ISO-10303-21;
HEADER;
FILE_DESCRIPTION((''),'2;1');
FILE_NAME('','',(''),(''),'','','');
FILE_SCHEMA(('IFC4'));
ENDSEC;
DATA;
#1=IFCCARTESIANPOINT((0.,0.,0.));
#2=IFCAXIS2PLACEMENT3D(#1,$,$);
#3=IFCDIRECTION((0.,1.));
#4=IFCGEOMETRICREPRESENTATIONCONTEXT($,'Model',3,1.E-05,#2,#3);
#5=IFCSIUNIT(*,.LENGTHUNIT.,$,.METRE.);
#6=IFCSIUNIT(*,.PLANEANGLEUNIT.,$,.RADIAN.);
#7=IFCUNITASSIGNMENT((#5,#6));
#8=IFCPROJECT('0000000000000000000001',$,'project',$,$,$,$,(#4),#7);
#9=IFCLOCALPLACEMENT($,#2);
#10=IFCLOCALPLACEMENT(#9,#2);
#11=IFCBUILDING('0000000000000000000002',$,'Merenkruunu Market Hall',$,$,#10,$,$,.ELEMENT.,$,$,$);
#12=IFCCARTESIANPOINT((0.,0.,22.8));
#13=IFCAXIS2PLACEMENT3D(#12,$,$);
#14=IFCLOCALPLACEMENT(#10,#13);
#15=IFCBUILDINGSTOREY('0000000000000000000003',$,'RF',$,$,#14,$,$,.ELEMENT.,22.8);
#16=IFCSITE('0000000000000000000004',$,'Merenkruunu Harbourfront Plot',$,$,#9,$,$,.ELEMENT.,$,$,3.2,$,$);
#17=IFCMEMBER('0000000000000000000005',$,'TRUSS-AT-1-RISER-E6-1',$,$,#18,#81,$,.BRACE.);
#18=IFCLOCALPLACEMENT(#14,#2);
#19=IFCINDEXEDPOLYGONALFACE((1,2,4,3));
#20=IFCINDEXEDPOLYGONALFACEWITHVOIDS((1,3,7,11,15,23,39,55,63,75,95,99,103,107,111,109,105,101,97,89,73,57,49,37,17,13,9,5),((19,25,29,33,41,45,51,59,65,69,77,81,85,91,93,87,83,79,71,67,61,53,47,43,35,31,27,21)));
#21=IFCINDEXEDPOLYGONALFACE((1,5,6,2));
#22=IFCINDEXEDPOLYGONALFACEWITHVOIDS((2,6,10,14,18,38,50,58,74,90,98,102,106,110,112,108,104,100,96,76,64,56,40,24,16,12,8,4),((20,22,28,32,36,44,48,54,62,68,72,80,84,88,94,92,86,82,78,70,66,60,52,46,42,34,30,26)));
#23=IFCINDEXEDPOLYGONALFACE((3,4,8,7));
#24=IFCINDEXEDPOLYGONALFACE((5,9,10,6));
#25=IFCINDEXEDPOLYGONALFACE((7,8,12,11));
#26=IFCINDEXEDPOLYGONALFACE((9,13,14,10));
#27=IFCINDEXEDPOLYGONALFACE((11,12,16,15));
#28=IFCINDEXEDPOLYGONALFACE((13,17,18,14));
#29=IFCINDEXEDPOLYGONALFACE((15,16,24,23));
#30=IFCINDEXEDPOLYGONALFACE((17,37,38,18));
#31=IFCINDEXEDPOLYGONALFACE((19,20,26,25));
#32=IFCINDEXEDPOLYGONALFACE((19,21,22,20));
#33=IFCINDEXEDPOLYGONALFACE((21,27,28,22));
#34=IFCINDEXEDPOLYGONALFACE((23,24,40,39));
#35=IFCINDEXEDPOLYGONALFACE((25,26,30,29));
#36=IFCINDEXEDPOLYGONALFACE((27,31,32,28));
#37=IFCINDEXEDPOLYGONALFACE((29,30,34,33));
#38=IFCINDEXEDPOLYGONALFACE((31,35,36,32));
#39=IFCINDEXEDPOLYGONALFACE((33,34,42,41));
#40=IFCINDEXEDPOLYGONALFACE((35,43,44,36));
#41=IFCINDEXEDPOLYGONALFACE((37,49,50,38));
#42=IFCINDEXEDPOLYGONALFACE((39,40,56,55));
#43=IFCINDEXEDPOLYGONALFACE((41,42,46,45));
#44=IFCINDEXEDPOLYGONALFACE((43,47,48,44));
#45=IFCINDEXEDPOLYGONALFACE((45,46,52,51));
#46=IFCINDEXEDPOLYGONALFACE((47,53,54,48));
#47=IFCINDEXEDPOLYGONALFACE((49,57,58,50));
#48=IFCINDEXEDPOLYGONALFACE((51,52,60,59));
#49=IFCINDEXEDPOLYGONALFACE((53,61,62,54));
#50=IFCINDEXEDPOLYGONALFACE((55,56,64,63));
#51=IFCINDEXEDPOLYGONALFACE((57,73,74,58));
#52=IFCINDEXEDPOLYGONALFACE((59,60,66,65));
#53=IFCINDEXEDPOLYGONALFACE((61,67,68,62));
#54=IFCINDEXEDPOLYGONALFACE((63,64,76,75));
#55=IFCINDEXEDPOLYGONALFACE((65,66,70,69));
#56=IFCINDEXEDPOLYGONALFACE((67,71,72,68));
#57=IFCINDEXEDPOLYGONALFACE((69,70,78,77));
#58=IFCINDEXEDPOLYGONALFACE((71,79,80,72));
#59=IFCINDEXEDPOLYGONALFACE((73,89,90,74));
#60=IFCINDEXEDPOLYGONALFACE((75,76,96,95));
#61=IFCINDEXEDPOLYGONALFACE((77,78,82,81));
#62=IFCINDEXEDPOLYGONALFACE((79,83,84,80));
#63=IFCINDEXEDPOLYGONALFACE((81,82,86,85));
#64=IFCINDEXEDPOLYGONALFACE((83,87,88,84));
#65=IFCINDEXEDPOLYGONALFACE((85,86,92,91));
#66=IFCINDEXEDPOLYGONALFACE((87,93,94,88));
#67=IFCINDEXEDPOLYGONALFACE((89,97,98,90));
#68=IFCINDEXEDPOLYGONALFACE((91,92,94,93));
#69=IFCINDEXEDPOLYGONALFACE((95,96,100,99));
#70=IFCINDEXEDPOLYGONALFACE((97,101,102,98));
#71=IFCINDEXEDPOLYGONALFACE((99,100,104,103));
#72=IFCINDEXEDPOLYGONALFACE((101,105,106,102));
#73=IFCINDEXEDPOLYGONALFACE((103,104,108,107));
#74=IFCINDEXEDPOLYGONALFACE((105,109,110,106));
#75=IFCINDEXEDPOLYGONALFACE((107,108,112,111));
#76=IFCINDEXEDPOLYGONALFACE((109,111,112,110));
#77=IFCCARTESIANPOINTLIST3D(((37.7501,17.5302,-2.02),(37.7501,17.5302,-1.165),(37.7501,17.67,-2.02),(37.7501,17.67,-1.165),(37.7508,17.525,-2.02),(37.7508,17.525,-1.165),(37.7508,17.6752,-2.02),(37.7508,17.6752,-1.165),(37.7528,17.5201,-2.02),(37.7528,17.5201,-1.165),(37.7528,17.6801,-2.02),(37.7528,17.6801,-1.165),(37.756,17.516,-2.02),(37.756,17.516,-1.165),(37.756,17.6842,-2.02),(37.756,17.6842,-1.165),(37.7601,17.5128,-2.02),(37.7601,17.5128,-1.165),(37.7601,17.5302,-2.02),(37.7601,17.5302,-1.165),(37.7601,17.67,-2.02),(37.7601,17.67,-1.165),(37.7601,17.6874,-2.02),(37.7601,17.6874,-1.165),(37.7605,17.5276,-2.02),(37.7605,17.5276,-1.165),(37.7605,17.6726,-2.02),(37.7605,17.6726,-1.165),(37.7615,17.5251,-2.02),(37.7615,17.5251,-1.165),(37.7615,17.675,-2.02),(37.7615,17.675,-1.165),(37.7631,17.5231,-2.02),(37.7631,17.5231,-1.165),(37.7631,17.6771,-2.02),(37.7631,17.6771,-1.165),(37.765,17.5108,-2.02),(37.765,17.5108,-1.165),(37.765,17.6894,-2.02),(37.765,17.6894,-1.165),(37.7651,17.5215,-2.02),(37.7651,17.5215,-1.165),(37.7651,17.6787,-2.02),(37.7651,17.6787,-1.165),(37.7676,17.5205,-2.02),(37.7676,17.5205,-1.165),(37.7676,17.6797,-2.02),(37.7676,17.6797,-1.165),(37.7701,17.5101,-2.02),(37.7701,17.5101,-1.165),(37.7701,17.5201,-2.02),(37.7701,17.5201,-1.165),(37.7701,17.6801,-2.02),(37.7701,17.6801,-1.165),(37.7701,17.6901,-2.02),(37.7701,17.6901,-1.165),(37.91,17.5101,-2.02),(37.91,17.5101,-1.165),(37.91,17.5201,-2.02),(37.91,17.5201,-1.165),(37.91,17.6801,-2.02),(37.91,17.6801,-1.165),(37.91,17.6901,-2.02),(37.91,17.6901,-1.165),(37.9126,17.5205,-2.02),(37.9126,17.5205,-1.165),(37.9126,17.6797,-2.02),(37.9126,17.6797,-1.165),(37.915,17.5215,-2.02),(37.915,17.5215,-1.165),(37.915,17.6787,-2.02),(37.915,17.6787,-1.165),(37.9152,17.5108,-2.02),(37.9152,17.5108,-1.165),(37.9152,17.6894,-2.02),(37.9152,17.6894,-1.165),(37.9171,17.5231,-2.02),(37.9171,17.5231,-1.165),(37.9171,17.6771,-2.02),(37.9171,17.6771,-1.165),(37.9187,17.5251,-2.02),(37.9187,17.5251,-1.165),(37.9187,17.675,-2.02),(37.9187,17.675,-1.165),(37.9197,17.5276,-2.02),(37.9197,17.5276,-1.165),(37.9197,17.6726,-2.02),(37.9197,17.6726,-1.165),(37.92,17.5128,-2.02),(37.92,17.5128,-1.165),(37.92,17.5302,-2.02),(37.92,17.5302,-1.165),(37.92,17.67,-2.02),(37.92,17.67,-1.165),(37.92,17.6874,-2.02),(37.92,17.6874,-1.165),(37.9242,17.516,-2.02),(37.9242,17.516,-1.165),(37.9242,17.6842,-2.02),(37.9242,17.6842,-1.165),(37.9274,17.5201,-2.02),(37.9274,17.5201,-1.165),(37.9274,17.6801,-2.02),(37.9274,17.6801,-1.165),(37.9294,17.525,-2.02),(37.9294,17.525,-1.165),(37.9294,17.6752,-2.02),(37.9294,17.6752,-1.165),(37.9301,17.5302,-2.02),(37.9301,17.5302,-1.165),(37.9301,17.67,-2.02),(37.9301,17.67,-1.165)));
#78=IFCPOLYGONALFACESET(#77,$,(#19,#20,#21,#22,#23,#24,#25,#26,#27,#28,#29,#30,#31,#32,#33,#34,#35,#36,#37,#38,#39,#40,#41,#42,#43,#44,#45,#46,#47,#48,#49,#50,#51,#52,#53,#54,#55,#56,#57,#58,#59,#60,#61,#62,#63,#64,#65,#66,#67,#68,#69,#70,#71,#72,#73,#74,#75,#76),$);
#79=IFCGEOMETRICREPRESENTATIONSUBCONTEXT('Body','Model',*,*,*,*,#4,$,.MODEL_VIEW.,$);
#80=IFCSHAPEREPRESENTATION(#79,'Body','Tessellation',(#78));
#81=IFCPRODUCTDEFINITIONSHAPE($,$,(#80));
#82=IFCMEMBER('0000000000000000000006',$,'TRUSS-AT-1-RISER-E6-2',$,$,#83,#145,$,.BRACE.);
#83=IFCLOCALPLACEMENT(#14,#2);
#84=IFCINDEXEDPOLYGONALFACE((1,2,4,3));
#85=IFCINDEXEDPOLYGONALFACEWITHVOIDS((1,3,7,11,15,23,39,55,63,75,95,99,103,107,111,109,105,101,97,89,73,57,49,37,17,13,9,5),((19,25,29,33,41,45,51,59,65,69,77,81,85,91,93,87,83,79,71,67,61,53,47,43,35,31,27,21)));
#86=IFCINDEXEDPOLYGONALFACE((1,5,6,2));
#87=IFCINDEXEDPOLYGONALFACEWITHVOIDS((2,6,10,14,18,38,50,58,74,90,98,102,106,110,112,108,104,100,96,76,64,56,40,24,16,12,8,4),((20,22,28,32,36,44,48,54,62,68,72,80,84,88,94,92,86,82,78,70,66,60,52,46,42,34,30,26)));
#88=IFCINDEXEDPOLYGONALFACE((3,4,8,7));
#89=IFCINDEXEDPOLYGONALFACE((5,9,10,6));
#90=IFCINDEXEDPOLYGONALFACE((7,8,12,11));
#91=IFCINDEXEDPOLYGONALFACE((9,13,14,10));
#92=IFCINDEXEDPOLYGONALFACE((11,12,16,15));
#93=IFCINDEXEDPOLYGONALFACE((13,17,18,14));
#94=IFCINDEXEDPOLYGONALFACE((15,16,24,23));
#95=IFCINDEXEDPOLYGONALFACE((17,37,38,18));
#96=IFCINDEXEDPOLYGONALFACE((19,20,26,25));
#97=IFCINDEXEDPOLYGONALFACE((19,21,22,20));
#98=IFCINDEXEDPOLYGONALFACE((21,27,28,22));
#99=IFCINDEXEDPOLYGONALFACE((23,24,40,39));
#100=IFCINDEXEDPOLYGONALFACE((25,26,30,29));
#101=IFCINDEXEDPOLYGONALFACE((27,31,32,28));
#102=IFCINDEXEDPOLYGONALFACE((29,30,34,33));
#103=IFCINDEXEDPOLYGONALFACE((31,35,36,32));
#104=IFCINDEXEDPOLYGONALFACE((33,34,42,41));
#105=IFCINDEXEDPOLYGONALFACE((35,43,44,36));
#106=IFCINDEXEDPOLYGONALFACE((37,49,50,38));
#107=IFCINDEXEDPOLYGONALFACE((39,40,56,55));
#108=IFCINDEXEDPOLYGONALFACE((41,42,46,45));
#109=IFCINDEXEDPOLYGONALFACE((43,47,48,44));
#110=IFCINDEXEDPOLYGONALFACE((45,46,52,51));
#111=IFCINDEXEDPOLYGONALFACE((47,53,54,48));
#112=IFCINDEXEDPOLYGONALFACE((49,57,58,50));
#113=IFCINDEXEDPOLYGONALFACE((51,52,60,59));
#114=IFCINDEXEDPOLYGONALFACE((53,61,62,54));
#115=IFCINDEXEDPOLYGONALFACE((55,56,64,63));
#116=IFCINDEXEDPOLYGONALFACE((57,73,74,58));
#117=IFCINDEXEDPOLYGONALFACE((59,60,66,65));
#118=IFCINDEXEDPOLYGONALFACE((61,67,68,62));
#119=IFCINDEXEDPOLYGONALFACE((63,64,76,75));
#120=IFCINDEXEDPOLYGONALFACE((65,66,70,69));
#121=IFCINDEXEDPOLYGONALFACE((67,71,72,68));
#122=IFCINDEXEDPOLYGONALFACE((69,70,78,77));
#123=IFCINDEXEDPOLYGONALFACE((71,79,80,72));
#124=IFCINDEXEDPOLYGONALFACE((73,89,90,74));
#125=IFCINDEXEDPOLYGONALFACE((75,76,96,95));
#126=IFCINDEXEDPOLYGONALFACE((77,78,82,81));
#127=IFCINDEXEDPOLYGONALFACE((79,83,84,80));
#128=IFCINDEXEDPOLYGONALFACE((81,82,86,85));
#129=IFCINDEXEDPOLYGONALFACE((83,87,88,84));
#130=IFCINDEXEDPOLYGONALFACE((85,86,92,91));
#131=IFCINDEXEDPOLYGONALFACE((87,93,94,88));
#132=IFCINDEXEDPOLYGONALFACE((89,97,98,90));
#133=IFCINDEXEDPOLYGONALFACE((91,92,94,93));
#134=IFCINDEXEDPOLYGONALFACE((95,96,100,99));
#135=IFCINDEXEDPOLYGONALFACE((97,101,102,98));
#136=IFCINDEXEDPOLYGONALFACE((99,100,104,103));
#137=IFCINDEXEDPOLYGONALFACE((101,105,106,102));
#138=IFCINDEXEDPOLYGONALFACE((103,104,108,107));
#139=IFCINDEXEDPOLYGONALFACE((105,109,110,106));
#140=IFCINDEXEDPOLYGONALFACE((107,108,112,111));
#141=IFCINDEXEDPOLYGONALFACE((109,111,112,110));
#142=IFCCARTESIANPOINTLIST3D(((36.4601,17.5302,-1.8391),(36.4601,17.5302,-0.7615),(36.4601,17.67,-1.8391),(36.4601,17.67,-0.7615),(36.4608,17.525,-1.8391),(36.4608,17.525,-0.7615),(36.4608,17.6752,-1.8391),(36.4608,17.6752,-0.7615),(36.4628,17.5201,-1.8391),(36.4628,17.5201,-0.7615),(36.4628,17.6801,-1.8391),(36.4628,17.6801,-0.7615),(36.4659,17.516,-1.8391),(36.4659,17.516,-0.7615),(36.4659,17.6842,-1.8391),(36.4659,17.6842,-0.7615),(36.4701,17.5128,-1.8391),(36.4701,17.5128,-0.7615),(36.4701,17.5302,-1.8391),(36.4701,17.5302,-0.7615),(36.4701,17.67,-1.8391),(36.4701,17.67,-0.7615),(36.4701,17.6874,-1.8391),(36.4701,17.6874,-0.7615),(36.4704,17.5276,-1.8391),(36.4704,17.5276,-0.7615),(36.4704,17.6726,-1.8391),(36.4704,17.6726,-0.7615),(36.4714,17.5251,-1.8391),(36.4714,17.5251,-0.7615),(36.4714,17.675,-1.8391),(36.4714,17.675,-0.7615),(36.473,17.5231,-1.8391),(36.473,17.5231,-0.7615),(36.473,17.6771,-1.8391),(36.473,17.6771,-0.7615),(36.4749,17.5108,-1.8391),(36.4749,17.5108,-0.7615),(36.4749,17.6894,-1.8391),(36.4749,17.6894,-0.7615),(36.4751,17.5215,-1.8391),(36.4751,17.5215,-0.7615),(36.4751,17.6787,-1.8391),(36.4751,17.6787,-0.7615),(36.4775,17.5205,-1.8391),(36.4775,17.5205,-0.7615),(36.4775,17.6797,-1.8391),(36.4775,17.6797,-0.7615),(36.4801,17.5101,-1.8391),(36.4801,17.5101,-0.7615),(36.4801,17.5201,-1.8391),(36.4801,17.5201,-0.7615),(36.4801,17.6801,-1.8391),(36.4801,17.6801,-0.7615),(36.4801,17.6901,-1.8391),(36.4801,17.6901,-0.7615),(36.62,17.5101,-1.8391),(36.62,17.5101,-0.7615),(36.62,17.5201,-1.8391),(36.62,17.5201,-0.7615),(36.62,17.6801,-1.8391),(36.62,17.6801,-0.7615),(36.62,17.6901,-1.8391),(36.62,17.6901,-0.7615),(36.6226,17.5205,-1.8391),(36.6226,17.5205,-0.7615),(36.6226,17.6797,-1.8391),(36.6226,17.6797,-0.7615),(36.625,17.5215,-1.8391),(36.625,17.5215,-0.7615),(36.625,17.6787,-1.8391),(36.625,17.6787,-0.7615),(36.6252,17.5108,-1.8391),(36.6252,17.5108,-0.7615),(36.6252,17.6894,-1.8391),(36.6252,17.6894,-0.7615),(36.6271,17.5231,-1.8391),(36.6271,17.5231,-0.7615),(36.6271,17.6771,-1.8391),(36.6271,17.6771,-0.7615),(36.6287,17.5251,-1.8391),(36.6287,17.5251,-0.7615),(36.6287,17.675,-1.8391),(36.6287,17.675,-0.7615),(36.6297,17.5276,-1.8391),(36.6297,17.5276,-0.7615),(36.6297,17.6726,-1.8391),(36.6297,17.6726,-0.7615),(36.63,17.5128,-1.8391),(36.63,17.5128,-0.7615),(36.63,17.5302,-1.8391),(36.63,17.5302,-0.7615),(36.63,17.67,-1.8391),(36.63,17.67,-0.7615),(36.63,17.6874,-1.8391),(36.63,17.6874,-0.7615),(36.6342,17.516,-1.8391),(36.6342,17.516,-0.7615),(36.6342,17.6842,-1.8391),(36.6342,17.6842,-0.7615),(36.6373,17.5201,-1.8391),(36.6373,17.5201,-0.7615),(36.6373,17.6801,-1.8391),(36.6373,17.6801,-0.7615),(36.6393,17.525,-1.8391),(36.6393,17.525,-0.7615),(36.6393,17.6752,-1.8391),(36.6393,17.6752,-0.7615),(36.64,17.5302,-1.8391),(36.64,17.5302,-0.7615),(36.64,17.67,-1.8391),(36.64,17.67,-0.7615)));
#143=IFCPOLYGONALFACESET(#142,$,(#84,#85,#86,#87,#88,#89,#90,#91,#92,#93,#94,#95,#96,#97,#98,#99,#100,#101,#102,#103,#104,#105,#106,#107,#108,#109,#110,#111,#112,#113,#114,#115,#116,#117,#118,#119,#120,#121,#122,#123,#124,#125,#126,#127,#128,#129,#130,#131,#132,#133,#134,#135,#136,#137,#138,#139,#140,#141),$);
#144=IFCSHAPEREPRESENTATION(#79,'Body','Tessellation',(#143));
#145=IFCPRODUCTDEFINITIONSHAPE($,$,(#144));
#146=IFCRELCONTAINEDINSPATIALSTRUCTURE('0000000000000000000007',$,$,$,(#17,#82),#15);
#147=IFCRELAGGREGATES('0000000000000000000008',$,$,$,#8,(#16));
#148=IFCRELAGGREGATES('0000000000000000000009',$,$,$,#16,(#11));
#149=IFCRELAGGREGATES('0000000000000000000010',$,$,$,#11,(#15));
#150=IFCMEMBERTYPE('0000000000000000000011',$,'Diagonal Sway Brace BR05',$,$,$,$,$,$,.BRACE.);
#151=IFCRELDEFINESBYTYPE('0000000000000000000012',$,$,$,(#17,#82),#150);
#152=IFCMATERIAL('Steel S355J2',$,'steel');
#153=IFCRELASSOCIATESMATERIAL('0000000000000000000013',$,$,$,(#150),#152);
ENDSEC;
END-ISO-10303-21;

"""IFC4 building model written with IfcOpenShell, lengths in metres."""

from ifc_helpers import new_model, si_unit, direction, frame, origin, origin_2d, place, context, subcontext, project, spatial, hollow_rectangle, extrude, material, material_profile, profile_set, type_object, element, save


model = new_model("IFC4")

# Units and contexts
model_context = context("Model", 3, precision=1e-05, world=origin(), true_north=direction((0.0, 1.0)))
body_context = subcontext(model_context, "Body", "Model", "MODEL_VIEW")
ifc_project = project(units=[si_unit("LENGTHUNIT", "METRE"), si_unit("PLANEANGLEUNIT", "RADIAN")], contexts=[model_context])

# Site, building, storey
site_placement = place(None, origin())
site = spatial("IfcSite", under=ifc_project, at=site_placement, Name="Merenkruunu Harbourfront Plot", CompositionType="ELEMENT", RefElevation=3.2)
building_placement = place(site_placement, origin())
building = spatial("IfcBuilding", under=site, at=building_placement, Name="Merenkruunu Market Hall", CompositionType="ELEMENT")
storey_placement = place(building_placement, frame((0.0, 0.0, 22.8)))
storey = spatial("IfcBuildingStorey", under=building, at=storey_placement, Name="RF", CompositionType="ELEMENT", Elevation=22.8)

# Members
ifc_material_1 = material(Name="Steel S355J2", Category="steel")
ifc_material_profile_1 = material_profile(ifc_material_1, hollow_rectangle(XDim=0.1799, YDim=0.1799, WallThickness=0.01, InnerFilletRadius=0.01, OuterFilletRadius=0.02, at=origin_2d()), Name="SHS 180x180x10")
ifc_profile_set_1 = profile_set([ifc_material_profile_1], Name="Steel S355J2")
member_type_1 = type_object("IfcMemberType", Name="Diagonal Sway Brace BR05", PredefinedType="BRACE", material=ifc_profile_set_1)
member_1_placement = place(storey_placement, frame((37.8401, 17.6001, -2.02), z_axis=(0.0, 0.0, 1.0), x_axis=(1.0, 0.0, 0.0)))
element("IfcMember", 1, at=member_1_placement, inside=storey, type_object=member_type_1, Name="TRUSS-AT-1-RISER-E6-1", PredefinedType="BRACE", context=body_context, shape_type="SweptSolid", body=[
    extrude(hollow_rectangle(XDim=0.1799, YDim=0.1799, WallThickness=0.01, InnerFilletRadius=0.01, OuterFilletRadius=0.02, at=origin_2d()), origin(), (0.0, 0.0, 1.0), 0.855),
])
member_2_placement = place(storey_placement, frame((36.55, 17.6001, -1.8391), z_axis=(0.0, 0.0, 1.0), x_axis=(1.0, 0.0, 0.0)))
element("IfcMember", 2, at=member_2_placement, inside=storey, type_object=member_type_1, Name="TRUSS-AT-1-RISER-E6-2", PredefinedType="BRACE", context=body_context, shape_type="SweptSolid", body=[
    extrude(hollow_rectangle(XDim=0.1799, YDim=0.1799, WallThickness=0.01, InnerFilletRadius=0.01, OuterFilletRadius=0.02, at=origin_2d()), origin(), (0.0, 0.0, 1.0), 1.0776),
])

save(model, "model.ifc")
